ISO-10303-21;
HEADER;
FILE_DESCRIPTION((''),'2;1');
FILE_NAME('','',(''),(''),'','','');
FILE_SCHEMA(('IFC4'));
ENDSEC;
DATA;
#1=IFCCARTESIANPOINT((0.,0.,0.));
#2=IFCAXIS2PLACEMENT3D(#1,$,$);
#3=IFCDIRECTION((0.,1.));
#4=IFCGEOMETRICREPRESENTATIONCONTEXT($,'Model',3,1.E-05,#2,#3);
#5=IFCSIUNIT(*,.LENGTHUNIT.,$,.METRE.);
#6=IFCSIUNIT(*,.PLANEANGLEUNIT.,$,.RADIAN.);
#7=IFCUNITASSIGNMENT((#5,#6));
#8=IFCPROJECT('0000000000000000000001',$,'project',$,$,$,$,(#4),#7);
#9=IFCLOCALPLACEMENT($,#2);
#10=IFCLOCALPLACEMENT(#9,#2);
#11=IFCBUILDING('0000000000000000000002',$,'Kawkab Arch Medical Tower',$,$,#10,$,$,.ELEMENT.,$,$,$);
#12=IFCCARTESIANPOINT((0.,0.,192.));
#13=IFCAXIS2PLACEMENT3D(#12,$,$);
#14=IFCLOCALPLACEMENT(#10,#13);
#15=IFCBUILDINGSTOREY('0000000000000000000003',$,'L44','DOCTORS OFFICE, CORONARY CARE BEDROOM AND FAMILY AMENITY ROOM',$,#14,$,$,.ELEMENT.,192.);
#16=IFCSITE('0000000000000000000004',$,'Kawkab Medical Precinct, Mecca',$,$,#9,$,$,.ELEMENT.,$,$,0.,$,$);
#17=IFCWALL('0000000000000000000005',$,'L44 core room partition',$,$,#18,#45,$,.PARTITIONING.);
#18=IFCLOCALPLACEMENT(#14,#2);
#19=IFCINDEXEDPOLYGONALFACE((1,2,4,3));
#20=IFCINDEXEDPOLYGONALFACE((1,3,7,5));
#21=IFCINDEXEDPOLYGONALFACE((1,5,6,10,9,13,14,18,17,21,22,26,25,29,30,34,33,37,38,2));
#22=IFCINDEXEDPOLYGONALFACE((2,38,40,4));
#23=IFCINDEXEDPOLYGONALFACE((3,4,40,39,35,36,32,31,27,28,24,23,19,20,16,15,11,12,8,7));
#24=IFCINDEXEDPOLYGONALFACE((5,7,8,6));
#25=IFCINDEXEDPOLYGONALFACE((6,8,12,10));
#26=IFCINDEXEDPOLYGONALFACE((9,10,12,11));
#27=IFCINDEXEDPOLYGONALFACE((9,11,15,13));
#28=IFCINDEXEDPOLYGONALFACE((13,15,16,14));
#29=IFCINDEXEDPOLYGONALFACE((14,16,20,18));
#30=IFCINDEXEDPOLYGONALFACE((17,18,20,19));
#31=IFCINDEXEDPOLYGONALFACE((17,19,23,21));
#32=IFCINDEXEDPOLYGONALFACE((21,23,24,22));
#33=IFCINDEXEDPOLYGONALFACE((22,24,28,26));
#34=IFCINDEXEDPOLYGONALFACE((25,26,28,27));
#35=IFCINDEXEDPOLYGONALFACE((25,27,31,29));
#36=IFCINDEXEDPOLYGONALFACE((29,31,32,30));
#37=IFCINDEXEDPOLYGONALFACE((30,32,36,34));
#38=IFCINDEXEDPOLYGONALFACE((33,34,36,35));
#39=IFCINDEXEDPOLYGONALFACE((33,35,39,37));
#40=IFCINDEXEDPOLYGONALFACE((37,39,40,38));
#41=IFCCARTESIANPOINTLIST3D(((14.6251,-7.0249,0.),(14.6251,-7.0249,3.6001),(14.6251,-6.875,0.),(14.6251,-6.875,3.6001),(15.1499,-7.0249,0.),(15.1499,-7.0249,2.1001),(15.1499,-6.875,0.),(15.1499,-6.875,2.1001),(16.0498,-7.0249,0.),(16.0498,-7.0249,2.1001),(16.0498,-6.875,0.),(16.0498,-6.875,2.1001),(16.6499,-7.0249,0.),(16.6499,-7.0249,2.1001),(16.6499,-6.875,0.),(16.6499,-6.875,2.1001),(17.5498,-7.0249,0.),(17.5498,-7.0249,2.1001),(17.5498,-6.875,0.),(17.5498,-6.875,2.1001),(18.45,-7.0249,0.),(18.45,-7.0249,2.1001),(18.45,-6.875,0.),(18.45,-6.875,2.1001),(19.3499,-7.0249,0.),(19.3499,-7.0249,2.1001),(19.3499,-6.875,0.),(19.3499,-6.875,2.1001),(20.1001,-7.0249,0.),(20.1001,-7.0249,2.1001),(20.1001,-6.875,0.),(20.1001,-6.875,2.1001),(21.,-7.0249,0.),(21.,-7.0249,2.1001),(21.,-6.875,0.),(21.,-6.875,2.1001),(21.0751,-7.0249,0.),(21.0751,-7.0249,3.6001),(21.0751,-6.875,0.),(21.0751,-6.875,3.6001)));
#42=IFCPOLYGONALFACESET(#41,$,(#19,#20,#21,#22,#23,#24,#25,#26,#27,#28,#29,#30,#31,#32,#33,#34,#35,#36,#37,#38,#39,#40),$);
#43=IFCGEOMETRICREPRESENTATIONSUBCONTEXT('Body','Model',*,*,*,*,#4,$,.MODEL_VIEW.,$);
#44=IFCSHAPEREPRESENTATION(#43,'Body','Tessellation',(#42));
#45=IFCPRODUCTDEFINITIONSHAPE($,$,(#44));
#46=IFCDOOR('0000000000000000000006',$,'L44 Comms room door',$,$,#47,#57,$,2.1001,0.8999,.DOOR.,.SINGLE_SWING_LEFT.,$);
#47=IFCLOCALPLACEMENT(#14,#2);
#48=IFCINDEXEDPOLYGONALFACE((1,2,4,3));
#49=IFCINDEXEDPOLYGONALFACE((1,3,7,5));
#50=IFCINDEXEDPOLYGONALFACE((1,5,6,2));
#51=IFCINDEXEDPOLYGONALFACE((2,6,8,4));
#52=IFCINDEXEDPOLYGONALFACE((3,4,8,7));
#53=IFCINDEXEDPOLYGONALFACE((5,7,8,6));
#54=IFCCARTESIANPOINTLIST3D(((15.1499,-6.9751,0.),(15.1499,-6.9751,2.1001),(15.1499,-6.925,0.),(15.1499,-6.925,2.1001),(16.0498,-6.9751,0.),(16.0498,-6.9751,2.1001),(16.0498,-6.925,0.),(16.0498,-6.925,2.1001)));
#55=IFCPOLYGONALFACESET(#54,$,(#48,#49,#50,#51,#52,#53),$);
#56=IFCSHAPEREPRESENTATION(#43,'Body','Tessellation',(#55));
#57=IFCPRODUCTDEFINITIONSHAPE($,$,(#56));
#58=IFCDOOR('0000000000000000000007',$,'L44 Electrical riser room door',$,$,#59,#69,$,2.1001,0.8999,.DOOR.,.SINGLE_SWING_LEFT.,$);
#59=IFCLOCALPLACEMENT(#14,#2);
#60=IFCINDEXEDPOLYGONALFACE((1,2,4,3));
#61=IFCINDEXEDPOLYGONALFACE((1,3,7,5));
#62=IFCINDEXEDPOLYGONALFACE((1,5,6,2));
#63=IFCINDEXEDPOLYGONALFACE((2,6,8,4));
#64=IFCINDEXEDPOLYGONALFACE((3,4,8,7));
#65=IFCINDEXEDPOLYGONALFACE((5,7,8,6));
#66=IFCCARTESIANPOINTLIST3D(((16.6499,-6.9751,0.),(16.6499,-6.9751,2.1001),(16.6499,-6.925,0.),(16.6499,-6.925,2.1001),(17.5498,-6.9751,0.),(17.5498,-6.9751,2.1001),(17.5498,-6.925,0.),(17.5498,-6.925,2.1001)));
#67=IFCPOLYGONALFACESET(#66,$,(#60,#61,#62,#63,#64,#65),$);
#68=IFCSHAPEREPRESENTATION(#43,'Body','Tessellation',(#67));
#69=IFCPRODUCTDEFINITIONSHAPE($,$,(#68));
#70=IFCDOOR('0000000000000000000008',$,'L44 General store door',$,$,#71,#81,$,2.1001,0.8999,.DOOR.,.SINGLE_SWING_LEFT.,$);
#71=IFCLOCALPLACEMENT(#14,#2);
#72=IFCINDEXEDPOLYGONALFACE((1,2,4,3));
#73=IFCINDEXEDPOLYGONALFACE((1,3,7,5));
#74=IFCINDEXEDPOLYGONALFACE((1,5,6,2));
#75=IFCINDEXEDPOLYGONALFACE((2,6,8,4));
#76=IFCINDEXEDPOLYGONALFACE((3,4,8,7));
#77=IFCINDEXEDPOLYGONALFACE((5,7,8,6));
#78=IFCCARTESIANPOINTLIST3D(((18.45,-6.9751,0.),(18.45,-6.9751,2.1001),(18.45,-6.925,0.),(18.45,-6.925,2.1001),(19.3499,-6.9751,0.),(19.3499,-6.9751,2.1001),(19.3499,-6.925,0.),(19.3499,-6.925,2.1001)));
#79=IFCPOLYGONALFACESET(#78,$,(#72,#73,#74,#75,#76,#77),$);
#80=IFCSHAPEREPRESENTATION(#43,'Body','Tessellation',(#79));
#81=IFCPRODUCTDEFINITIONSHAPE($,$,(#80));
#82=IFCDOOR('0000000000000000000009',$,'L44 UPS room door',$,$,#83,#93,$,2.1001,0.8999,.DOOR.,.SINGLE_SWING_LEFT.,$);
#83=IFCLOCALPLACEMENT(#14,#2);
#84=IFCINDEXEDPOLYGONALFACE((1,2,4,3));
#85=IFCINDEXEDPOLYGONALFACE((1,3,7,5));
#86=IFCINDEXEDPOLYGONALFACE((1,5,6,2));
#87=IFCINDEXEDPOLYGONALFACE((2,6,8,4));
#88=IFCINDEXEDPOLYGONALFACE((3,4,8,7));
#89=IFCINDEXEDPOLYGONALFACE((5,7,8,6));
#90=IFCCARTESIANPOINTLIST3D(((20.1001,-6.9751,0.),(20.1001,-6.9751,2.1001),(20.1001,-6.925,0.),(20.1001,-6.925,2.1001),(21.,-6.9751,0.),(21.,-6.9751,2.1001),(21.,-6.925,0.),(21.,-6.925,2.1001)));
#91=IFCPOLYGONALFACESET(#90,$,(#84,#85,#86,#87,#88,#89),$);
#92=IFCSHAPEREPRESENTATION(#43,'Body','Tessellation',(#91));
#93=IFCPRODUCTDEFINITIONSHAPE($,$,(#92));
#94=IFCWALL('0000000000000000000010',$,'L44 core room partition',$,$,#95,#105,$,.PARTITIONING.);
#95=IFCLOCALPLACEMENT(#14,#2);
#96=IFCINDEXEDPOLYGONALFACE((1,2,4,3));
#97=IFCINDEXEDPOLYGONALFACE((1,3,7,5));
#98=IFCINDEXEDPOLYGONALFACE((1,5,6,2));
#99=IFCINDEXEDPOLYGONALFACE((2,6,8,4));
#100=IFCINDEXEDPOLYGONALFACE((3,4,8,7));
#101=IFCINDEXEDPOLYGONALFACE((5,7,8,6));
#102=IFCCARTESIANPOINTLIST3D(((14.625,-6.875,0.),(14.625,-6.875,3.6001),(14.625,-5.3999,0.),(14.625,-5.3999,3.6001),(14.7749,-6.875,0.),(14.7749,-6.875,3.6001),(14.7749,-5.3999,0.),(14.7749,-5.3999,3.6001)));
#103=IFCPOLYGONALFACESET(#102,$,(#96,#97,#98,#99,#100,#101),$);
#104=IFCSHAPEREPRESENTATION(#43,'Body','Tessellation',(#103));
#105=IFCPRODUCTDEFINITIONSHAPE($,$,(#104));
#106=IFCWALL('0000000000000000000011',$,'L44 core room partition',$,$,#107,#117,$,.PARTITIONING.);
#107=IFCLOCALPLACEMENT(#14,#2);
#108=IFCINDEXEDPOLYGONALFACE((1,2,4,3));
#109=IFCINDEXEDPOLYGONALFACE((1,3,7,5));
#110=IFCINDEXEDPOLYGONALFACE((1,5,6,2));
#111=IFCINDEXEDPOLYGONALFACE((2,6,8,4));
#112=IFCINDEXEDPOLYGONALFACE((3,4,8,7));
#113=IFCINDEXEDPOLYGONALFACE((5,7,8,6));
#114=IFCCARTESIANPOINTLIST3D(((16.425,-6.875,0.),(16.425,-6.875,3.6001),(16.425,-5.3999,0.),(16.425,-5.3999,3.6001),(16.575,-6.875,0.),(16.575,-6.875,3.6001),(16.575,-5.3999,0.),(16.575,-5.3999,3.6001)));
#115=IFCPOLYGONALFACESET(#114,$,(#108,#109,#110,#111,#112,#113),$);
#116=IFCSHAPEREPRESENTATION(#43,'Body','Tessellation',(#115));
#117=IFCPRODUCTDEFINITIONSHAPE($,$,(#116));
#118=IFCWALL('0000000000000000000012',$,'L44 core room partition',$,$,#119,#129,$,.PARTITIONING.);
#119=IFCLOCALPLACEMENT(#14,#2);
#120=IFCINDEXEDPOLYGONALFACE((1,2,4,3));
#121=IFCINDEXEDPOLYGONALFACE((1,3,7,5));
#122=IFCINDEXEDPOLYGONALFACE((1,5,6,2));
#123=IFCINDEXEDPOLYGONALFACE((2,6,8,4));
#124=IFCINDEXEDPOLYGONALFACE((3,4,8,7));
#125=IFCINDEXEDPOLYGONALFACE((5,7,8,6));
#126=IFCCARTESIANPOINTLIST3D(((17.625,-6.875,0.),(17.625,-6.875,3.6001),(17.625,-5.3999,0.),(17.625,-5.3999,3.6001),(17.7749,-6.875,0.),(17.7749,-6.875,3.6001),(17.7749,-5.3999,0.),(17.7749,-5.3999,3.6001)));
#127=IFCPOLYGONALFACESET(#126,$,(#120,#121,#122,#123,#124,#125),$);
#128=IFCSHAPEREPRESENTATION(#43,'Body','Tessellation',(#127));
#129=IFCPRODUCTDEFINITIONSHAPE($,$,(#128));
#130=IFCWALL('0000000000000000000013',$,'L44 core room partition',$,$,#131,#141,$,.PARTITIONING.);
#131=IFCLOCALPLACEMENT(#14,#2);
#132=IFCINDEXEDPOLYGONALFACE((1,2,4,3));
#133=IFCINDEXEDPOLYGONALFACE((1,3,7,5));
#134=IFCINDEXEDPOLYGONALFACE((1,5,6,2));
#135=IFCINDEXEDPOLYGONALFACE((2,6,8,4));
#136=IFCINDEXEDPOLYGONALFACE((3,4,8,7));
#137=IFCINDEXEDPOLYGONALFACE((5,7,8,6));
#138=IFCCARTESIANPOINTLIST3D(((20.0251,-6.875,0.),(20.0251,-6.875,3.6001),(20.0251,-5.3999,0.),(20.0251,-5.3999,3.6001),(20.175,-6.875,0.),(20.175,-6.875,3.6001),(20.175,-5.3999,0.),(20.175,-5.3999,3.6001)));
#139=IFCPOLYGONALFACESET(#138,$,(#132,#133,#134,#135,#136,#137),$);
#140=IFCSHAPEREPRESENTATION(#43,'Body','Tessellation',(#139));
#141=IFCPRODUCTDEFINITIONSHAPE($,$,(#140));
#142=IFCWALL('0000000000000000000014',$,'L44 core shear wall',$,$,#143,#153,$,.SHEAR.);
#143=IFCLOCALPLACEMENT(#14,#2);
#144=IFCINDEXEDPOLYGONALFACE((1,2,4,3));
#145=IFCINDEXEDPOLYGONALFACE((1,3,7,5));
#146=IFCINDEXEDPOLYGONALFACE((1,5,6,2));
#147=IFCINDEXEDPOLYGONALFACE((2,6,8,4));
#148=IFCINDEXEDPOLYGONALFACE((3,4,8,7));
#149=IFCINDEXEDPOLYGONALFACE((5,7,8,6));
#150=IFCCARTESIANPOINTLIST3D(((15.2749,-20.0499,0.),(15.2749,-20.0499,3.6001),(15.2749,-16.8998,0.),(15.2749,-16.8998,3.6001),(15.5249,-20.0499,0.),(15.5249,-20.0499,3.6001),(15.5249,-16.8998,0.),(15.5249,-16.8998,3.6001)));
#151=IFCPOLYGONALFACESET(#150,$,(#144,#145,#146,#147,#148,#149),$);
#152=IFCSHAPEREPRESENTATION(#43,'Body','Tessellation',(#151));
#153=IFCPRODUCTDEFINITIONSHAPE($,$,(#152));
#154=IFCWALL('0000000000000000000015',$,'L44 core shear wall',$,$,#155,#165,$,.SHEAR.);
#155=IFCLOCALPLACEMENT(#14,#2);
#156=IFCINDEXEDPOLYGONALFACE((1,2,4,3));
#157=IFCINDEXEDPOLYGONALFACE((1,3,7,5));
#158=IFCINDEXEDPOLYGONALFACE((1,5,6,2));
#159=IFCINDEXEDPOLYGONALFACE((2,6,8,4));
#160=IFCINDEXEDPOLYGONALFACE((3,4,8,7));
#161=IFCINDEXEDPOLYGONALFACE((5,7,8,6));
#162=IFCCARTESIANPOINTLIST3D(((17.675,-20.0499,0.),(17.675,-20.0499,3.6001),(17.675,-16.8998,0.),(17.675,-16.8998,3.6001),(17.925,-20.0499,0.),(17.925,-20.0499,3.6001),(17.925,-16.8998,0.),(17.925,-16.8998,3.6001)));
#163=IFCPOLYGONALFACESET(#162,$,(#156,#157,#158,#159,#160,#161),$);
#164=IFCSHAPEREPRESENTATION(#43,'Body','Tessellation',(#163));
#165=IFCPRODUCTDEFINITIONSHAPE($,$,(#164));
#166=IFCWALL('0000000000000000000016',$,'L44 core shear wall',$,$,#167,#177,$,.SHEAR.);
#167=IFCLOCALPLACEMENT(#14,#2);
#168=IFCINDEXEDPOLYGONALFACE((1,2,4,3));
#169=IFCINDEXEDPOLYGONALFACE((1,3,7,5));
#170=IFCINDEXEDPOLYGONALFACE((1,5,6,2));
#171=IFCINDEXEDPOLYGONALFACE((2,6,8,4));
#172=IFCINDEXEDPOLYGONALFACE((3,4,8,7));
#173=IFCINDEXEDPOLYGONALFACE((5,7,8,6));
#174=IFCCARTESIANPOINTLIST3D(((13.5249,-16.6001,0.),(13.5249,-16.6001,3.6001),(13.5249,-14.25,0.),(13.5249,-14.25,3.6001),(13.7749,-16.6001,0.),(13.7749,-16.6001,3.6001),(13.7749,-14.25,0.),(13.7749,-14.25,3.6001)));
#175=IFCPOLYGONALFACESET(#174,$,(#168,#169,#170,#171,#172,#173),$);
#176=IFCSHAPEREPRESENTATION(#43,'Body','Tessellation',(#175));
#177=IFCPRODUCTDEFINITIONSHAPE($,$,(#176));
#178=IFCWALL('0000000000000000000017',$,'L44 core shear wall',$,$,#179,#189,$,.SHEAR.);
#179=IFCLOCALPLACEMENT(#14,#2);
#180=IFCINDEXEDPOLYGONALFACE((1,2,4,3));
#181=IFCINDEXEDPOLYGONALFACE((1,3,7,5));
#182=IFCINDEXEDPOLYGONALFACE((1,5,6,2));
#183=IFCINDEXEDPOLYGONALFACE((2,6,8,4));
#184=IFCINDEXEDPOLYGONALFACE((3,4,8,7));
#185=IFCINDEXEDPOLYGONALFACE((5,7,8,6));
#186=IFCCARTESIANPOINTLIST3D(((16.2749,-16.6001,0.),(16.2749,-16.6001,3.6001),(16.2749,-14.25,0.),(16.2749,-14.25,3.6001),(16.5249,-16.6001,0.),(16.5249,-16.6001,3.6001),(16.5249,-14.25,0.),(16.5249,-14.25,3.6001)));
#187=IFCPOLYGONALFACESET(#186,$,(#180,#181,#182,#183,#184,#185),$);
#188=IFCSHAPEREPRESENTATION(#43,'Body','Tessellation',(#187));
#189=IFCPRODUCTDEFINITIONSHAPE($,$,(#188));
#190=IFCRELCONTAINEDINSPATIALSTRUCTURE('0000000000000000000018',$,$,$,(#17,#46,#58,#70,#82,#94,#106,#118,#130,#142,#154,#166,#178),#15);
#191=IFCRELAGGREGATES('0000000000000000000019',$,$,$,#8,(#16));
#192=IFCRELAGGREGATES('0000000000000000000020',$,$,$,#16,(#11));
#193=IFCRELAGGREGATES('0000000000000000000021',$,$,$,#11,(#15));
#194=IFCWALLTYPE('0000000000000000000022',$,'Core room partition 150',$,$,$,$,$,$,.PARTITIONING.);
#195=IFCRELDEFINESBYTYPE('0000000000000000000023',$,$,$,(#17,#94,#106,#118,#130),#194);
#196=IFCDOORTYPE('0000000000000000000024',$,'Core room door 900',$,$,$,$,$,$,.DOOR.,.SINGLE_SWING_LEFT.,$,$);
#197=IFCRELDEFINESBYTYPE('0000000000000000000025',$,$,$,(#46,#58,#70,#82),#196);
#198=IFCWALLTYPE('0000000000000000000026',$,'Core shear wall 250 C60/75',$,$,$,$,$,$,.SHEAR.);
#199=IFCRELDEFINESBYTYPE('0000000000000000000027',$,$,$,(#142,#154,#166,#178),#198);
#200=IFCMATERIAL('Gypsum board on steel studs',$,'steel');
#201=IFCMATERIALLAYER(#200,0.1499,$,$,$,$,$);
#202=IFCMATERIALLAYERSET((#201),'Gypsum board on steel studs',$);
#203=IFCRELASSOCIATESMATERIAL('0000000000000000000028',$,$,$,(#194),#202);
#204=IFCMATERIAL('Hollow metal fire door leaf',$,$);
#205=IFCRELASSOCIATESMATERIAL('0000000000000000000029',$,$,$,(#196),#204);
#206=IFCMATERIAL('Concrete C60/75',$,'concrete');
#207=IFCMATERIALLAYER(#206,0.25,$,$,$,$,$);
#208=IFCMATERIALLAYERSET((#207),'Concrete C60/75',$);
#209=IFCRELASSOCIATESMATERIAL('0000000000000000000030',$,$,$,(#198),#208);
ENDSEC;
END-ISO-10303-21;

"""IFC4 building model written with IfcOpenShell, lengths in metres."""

from ifc_helpers import new_model, si_unit, direction, frame, frame_2d, origin, place, context, subcontext, project, spatial, rectangle, extrude, material, layer, layer_set, type_object, element, fill, save


model = new_model("IFC4")

# Units and contexts
model_context = context("Model", 3, precision=1e-05, world=origin(), true_north=direction((0.0, 1.0)))
body_context = subcontext(model_context, "Body", "Model", "MODEL_VIEW")
ifc_project = project(units=[si_unit("LENGTHUNIT", "METRE"), si_unit("PLANEANGLEUNIT", "RADIAN")], contexts=[model_context])

# Site, building, storey
site_placement = place(None, origin())
site = spatial("IfcSite", under=ifc_project, at=site_placement, Name="Kawkab Medical Precinct, Mecca", CompositionType="ELEMENT", RefElevation=0.0)
building_placement = place(site_placement, origin())
building = spatial("IfcBuilding", under=site, at=building_placement, Name="Kawkab Arch Medical Tower", CompositionType="ELEMENT")
storey_placement = place(building_placement, frame((0.0, 0.0, 192.0)))
storey = spatial("IfcBuildingStorey", under=building, at=storey_placement, Name="L44", Description="DOCTORS OFFICE, CORONARY CARE BEDROOM AND FAMILY AMENITY ROOM", CompositionType="ELEMENT", Elevation=192.0)

# Wall, openings, doors
ifc_material_1 = material(Name="Gypsum board on steel studs", Category="steel")
ifc_layer_1 = layer(ifc_material_1, 0.1499)
ifc_layer_set_1 = layer_set([ifc_layer_1], Name="Gypsum board on steel studs")
wall_type_1 = type_object("IfcWallType", Name="Core room partition 150", PredefinedType="PARTITIONING", material=ifc_layer_set_1)
wall_1_placement = place(storey_placement, frame((14.625, -6.95, 0.0), z_axis=(0.0, 0.0, 1.0), x_axis=(1.0, 0.0, 0.0)))
wall_1 = element("IfcWall", 1, at=wall_1_placement, inside=storey, type_object=wall_type_1, Name="L44 core room partition", PredefinedType="PARTITIONING", context=body_context, shape_type="SweptSolid", body=[
    extrude(rectangle(XDim=6.45, YDim=0.1499, at=frame_2d((3.2251, 0.0))), origin(), (0.0, 0.0, 1.0), 3.6001),
])
opening_1_placement = place(wall_1_placement, frame((0.5249, 0.0, 0.0)))
opening_1 = element("IfcOpeningElement", 2, at=opening_1_placement, cuts=wall_1, PredefinedType="OPENING", context=body_context, shape_type="SweptSolid", body=[
    extrude(rectangle(XDim=0.8999, YDim=2.1001, at=frame_2d((0.45, 1.05))), frame((0.0, 0.085, 0.0), z_axis=(0.0, -1.0, 0.0), x_axis=(1.0, 0.0, 0.0)), (0.0, 0.0, 1.0), 0.1699),
])
opening_2_placement = place(wall_1_placement, frame((2.0249, 0.0, 0.0)))
opening_2 = element("IfcOpeningElement", 3, at=opening_2_placement, cuts=wall_1, PredefinedType="OPENING", context=body_context, shape_type="SweptSolid", body=[
    extrude(rectangle(XDim=0.8999, YDim=2.1001, at=frame_2d((0.45, 1.05))), frame((0.0, 0.085, 0.0), z_axis=(0.0, -1.0, 0.0), x_axis=(1.0, 0.0, 0.0)), (0.0, 0.0, 1.0), 0.1699),
])
opening_3_placement = place(wall_1_placement, frame((3.825, 0.0, 0.0)))
opening_3 = element("IfcOpeningElement", 4, at=opening_3_placement, cuts=wall_1, PredefinedType="OPENING", context=body_context, shape_type="SweptSolid", body=[
    extrude(rectangle(XDim=0.8999, YDim=2.1001, at=frame_2d((0.45, 1.05))), frame((0.0, 0.085, 0.0), z_axis=(0.0, -1.0, 0.0), x_axis=(1.0, 0.0, 0.0)), (0.0, 0.0, 1.0), 0.1699),
])
opening_4_placement = place(wall_1_placement, frame((5.4751, 0.0, 0.0)))
opening_4 = element("IfcOpeningElement", 5, at=opening_4_placement, cuts=wall_1, PredefinedType="OPENING", context=body_context, shape_type="SweptSolid", body=[
    extrude(rectangle(XDim=0.8999, YDim=2.1001, at=frame_2d((0.45, 1.05))), frame((0.0, 0.085, 0.0), z_axis=(0.0, -1.0, 0.0), x_axis=(1.0, 0.0, 0.0)), (0.0, 0.0, 1.0), 0.1699),
])
ifc_material_2 = material(Name="Hollow metal fire door leaf")
door_type = type_object("IfcDoorType", Name="Core room door 900", OperationType="SINGLE_SWING_LEFT", PredefinedType="DOOR", material=ifc_material_2)
door_1_placement = place(opening_1_placement, origin())
door_1 = element("IfcDoor", 6, at=door_1_placement, inside=storey, type_object=door_type, Name="L44 Comms room door", OperationType="SINGLE_SWING_LEFT", OverallHeight=2.1001, OverallWidth=0.8999, PredefinedType="DOOR", context=body_context, shape_type="SweptSolid", body=[
    extrude(rectangle(XDim=0.8999, YDim=2.1001, at=frame_2d((0.45, 1.05))), frame((0.0, 0.0249, 0.0), z_axis=(0.0, -1.0, 0.0), x_axis=(1.0, 0.0, 0.0)), (0.0, 0.0, 1.0), 0.05),
])
fill(opening_1, door_1)
door_2_placement = place(opening_2_placement, origin())
door_2 = element("IfcDoor", 7, at=door_2_placement, inside=storey, type_object=door_type, Name="L44 Electrical riser room door", OperationType="SINGLE_SWING_LEFT", OverallHeight=2.1001, OverallWidth=0.8999, PredefinedType="DOOR", context=body_context, shape_type="SweptSolid", body=[
    extrude(rectangle(XDim=0.8999, YDim=2.1001, at=frame_2d((0.45, 1.05))), frame((0.0, 0.0249, 0.0), z_axis=(0.0, -1.0, 0.0), x_axis=(1.0, 0.0, 0.0)), (0.0, 0.0, 1.0), 0.05),
])
fill(opening_2, door_2)
door_3_placement = place(opening_3_placement, origin())
door_3 = element("IfcDoor", 8, at=door_3_placement, inside=storey, type_object=door_type, Name="L44 General store door", OperationType="SINGLE_SWING_LEFT", OverallHeight=2.1001, OverallWidth=0.8999, PredefinedType="DOOR", context=body_context, shape_type="SweptSolid", body=[
    extrude(rectangle(XDim=0.8999, YDim=2.1001, at=frame_2d((0.45, 1.05))), frame((0.0, 0.0249, 0.0), z_axis=(0.0, -1.0, 0.0), x_axis=(1.0, 0.0, 0.0)), (0.0, 0.0, 1.0), 0.05),
])
fill(opening_3, door_3)
door_4_placement = place(opening_4_placement, origin())
door_4 = element("IfcDoor", 9, at=door_4_placement, inside=storey, type_object=door_type, Name="L44 UPS room door", OperationType="SINGLE_SWING_LEFT", OverallHeight=2.1001, OverallWidth=0.8999, PredefinedType="DOOR", context=body_context, shape_type="SweptSolid", body=[
    extrude(rectangle(XDim=0.8999, YDim=2.1001, at=frame_2d((0.45, 1.05))), frame((0.0, 0.0249, 0.0), z_axis=(0.0, -1.0, 0.0), x_axis=(1.0, 0.0, 0.0)), (0.0, 0.0, 1.0), 0.05),
])
fill(opening_4, door_4)

# Walls
for number, where, z_axis, x_axis, name in (
    (10, (14.7, -6.875, 0.0), (0.0, 0.0, 1.0), (0.0, 1.0, 0.0), "L44 core room partition"),
    (11, (16.5, -6.875, 0.0), (0.0, 0.0, 1.0), (0.0, 1.0, 0.0), "L44 core room partition"),
    (12, (17.7, -6.875, 0.0), (0.0, 0.0, 1.0), (0.0, 1.0, 0.0), "L44 core room partition"),
    (13, (20.1001, -6.875, 0.0), (0.0, 0.0, 1.0), (0.0, 1.0, 0.0), "L44 core room partition"),
):
    element("IfcWall", number, at=place(storey_placement, frame(where, z_axis=z_axis, x_axis=x_axis)), inside=storey, type_object=wall_type_1, Name=name, PredefinedType="PARTITIONING", context=body_context, shape_type="SweptSolid", body=[
        extrude(rectangle(XDim=1.4751, YDim=0.1499, at=frame_2d((0.7375, 0.0))), origin(), (0.0, 0.0, 1.0), 3.6001),
    ])
ifc_material_3 = material(Name="Concrete C60/75", Category="concrete")
ifc_layer_2 = layer(ifc_material_3, 0.25)
ifc_layer_set_2 = layer_set([ifc_layer_2], Name="Concrete C60/75")
wall_type_2 = type_object("IfcWallType", Name="Core shear wall 250 C60/75", PredefinedType="SHEAR", material=ifc_layer_set_2)
for number, where, z_axis, x_axis, name in (
    (14, (15.3999, -20.05, 0.0), (0.0, 0.0, 1.0), (0.0, 1.0, 0.0), "L44 core shear wall"),
    (15, (17.8, -20.05, 0.0), (0.0, 0.0, 1.0), (0.0, 1.0, 0.0), "L44 core shear wall"),
):
    element("IfcWall", number, at=place(storey_placement, frame(where, z_axis=z_axis, x_axis=x_axis)), inside=storey, type_object=wall_type_2, Name=name, PredefinedType="SHEAR", context=body_context, shape_type="SweptSolid", body=[
        extrude(rectangle(XDim=3.1501, YDim=0.25, at=frame_2d((1.5752, 0.0))), origin(), (0.0, 0.0, 1.0), 3.6001),
    ])
for number, where, z_axis, x_axis, name in (
    (16, (13.6499, -16.6001, 0.0), (0.0, 0.0, 1.0), (0.0, 1.0, 0.0), "L44 core shear wall"),
    (17, (16.3999, -16.6001, 0.0), (0.0, 0.0, 1.0), (0.0, 1.0, 0.0), "L44 core shear wall"),
):
    element("IfcWall", number, at=place(storey_placement, frame(where, z_axis=z_axis, x_axis=x_axis)), inside=storey, type_object=wall_type_2, Name=name, PredefinedType="SHEAR", context=body_context, shape_type="SweptSolid", body=[
        extrude(rectangle(XDim=2.3501, YDim=0.25, at=frame_2d((1.175, 0.0))), origin(), (0.0, 0.0, 1.0), 3.6001),
    ])

save(model, "model.ifc")
